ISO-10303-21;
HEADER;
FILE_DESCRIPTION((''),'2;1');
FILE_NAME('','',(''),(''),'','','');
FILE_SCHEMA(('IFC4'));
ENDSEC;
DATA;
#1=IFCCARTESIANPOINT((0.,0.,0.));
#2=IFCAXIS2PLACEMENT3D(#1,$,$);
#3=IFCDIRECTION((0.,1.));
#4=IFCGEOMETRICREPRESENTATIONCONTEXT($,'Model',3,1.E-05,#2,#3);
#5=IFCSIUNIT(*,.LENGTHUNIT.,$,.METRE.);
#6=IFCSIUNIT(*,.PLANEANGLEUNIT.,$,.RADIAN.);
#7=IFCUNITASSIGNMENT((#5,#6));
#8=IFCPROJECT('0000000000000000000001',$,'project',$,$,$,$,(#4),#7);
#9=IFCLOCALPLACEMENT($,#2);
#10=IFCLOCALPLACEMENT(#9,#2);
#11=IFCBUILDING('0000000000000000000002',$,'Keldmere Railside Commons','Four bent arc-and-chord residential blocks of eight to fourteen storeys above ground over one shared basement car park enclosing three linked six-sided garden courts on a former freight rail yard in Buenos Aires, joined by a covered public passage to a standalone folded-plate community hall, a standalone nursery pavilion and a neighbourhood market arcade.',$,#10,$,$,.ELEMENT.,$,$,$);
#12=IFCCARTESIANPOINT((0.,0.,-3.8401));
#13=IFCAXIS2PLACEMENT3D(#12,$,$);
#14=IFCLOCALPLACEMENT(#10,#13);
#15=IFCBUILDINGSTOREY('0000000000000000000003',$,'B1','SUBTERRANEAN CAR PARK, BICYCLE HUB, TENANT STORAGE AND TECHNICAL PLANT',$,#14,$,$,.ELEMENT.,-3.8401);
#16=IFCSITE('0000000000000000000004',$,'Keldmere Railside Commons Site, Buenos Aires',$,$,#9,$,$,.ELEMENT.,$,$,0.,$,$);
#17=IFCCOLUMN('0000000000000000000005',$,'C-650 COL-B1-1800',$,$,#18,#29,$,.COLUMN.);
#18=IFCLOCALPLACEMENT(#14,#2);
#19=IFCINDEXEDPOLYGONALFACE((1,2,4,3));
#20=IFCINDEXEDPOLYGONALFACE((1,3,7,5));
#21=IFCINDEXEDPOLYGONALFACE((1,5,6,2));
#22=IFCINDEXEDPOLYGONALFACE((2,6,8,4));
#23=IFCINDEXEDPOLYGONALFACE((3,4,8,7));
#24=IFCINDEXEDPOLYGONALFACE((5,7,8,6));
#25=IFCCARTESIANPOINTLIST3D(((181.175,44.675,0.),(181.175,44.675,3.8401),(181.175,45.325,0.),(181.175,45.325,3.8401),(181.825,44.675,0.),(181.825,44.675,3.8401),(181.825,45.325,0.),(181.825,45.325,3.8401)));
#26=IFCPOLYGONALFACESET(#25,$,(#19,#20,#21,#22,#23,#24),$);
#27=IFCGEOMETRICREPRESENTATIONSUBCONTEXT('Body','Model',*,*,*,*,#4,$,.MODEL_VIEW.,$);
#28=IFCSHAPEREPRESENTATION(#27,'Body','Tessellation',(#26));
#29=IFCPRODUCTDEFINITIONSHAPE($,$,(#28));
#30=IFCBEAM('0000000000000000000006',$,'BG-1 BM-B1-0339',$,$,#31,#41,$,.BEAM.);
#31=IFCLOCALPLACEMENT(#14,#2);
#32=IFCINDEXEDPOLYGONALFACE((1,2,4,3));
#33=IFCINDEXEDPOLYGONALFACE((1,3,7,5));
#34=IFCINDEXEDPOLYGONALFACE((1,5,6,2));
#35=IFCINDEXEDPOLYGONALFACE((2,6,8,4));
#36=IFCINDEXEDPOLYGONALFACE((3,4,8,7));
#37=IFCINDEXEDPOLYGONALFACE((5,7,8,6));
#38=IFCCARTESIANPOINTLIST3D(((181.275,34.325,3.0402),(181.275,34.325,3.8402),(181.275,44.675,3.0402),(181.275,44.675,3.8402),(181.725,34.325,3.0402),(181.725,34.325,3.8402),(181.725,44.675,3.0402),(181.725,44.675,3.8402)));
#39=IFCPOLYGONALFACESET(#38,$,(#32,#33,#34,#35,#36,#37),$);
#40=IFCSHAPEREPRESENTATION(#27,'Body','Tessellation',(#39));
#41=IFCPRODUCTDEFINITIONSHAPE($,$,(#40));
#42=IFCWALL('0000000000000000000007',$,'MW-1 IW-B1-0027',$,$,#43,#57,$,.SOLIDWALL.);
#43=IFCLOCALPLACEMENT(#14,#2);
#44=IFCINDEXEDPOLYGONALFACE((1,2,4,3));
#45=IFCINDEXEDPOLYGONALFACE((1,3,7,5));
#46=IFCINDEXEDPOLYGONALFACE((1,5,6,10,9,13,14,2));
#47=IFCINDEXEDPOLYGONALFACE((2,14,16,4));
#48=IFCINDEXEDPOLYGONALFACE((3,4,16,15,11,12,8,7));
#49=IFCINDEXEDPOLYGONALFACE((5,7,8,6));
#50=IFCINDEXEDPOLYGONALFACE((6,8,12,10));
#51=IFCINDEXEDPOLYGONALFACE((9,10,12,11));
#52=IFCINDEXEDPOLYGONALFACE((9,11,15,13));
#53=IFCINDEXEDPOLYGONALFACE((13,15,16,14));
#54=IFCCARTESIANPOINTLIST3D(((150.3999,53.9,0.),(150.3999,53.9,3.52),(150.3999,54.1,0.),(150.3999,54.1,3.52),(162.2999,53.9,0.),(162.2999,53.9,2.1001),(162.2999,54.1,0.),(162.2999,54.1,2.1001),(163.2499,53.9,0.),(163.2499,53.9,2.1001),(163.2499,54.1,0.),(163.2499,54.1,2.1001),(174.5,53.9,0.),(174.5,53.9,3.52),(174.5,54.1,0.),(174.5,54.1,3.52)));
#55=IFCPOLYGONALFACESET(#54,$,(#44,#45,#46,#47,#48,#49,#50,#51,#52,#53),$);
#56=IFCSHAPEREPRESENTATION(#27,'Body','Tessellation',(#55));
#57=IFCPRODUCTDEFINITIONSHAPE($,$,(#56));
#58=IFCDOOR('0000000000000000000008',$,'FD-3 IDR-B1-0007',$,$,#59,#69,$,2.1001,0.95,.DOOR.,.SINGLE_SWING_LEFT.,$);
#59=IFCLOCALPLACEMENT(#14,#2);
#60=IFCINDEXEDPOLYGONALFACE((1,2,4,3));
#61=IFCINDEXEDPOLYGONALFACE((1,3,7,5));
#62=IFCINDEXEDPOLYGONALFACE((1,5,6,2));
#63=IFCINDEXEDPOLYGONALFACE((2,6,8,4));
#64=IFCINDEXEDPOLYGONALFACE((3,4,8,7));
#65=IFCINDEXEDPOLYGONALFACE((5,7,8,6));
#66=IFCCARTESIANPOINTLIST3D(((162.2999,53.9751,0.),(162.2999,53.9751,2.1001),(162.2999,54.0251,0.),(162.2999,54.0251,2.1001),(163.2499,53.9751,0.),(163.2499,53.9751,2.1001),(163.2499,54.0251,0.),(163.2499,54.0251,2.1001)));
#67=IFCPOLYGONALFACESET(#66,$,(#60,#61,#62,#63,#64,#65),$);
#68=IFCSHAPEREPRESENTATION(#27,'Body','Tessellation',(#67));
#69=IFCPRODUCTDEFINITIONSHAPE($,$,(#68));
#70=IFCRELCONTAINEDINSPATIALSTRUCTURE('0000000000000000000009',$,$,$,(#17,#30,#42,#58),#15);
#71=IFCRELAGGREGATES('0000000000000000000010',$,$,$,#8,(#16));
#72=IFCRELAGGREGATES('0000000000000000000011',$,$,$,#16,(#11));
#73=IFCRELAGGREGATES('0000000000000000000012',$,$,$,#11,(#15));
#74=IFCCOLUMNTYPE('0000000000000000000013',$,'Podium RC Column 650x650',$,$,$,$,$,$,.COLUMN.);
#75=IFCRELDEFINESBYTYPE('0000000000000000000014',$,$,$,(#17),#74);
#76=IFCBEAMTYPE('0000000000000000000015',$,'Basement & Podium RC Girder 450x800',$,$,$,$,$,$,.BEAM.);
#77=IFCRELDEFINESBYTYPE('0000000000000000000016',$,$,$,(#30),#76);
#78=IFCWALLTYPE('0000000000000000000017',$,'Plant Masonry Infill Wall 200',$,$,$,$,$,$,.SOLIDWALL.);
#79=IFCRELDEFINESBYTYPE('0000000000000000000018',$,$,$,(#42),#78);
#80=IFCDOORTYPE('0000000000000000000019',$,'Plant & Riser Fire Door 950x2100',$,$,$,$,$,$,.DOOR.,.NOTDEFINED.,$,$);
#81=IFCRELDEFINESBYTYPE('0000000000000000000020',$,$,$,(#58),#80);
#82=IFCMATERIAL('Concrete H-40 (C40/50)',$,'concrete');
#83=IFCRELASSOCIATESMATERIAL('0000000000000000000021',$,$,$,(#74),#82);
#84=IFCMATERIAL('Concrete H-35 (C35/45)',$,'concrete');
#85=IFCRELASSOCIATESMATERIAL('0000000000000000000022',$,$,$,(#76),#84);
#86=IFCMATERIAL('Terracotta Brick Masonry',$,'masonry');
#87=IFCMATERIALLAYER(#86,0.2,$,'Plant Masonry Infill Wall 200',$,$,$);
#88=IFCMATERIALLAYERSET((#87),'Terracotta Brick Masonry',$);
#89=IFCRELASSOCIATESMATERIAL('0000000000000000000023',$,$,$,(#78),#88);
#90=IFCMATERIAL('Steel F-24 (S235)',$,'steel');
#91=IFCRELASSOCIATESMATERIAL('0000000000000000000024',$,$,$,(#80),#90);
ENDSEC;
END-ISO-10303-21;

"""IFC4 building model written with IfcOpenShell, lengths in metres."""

from ifc_helpers import new_model, si_unit, direction, frame, frame_2d, origin, origin_2d, place, context, subcontext, project, spatial, rectangle, extrude, material, layer, layer_set, material_profile, profile_set, type_object, element, fill, save


model = new_model("IFC4")

# Units and contexts
model_context = context("Model", 3, precision=1e-05, world=origin(), true_north=direction((0.0, 1.0)))
body_context = subcontext(model_context, "Body", "Model", "MODEL_VIEW")
ifc_project = project(units=[si_unit("LENGTHUNIT", "METRE"), si_unit("PLANEANGLEUNIT", "RADIAN")], contexts=[model_context])

# Site, building, storey
site_placement = place(None, origin())
site = spatial("IfcSite", under=ifc_project, at=site_placement, Name="Keldmere Railside Commons Site, Buenos Aires", CompositionType="ELEMENT", RefElevation=0.0)
building_placement = place(site_placement, origin())
building = spatial("IfcBuilding", under=site, at=building_placement, Name="Keldmere Railside Commons", Description="Four bent arc-and-chord residential blocks of eight to fourteen storeys above ground over one shared basement car park enclosing three linked six-sided garden courts on a former freight rail yard in Buenos Aires, joined by a covered public passage to a standalone folded-plate community hall, a standalone nursery pavilion and a neighbourhood market arcade.", CompositionType="ELEMENT")
storey_placement = place(building_placement, frame((0.0, 0.0, -3.8401)))
storey = spatial("IfcBuildingStorey", under=building, at=storey_placement, Name="B1", Description="SUBTERRANEAN CAR PARK, BICYCLE HUB, TENANT STORAGE AND TECHNICAL PLANT", CompositionType="ELEMENT", Elevation=-3.8401)

# Shared definitions
ifc_material_1 = material(Name="Concrete H-40 (C40/50)", Category="concrete")

# Column
ifc_material_profile_1 = material_profile(ifc_material_1, rectangle(XDim=0.6499, YDim=0.6499, at=origin_2d()), Name="RC-650x650")
ifc_profile_set_1 = profile_set([ifc_material_profile_1], Name="Concrete H-40 (C40/50)")
column_type_1 = type_object("IfcColumnType", Name="Podium RC Column 650x650", PredefinedType="COLUMN", material=ifc_profile_set_1)
for number, where, z_axis, x_axis, name in (
    (1, (181.5, 45.0, 0.0), (0.0, 0.0, 1.0), (1.0, 0.0, 0.0), "C-650 COL-B1-1800"),
):
    element("IfcColumn", number, at=place(storey_placement, frame(where, z_axis=z_axis, x_axis=x_axis)), inside=storey, type_object=column_type_1, Name=name, PredefinedType="COLUMN", context=body_context, shape_type="SweptSolid", body=[
        extrude(rectangle(XDim=0.6499, YDim=0.6499, at=origin_2d()), origin(), (0.0, 0.0, 1.0), 3.8401),
    ])

# Beam
ifc_material_2 = material(Name="Concrete H-35 (C35/45)", Category="concrete")
ifc_material_profile_2 = material_profile(ifc_material_2, rectangle(XDim=0.45, YDim=0.8, at=origin_2d()), Name="RC-450x800")
ifc_profile_set_2 = profile_set([ifc_material_profile_2], Name="Concrete H-35 (C35/45)")
beam_type = type_object("IfcBeamType", Name="Basement & Podium RC Girder 450x800", PredefinedType="BEAM", material=ifc_profile_set_2)
beam_placement = place(storey_placement, frame((181.5, 34.325, 3.4402), z_axis=(0.0, 1.0, 0.0), x_axis=(-1.0, 0.0, 0.0)))
element("IfcBeam", 2, at=beam_placement, inside=storey, type_object=beam_type, Name="BG-1 BM-B1-0339", PredefinedType="BEAM", context=body_context, shape_type="SweptSolid", body=[
    extrude(rectangle(XDim=0.45, YDim=0.8, at=origin_2d()), origin(), (0.0, 0.0, 1.0), 10.3501),
])

# Wall, opening, door
ifc_material_3 = material(Name="Terracotta Brick Masonry", Category="masonry")
ifc_layer = layer(ifc_material_3, 0.2, Name="Plant Masonry Infill Wall 200")
ifc_layer_set = layer_set([ifc_layer], Name="Terracotta Brick Masonry")
wall_type = type_object("IfcWallType", Name="Plant Masonry Infill Wall 200", PredefinedType="SOLIDWALL", material=ifc_layer_set)
wall_placement = place(storey_placement, frame((174.5, 54.0, 0.0), z_axis=(0.0, 0.0, 1.0), x_axis=(-1.0, 0.0, 0.0)))
wall = element("IfcWall", 3, at=wall_placement, inside=storey, type_object=wall_type, Name="MW-1 IW-B1-0027", PredefinedType="SOLIDWALL", context=body_context, shape_type="SweptSolid", body=[
    extrude(rectangle(XDim=24.1001, YDim=0.2, at=frame_2d((12.05, 0.0))), origin(), (0.0, 0.0, 1.0), 3.52),
])
opening_placement = place(wall_placement, frame((11.25, 0.0, 0.0)))
opening = element("IfcOpeningElement", 4, at=opening_placement, cuts=wall, PredefinedType="OPENING", context=body_context, shape_type="SweptSolid", body=[
    extrude(rectangle(XDim=0.95, YDim=2.1001, at=frame_2d((0.4751, 1.05))), frame((0.0, 0.1099, 0.0), z_axis=(0.0, -1.0, 0.0), x_axis=(1.0, 0.0, 0.0)), (0.0, 0.0, 1.0), 0.22),
])
ifc_material_4 = material(Name="Steel F-24 (S235)", Category="steel")
door_type = type_object("IfcDoorType", Name="Plant & Riser Fire Door 950x2100", OperationType="NOTDEFINED", PredefinedType="DOOR", material=ifc_material_4)
door_placement = place(opening_placement, origin())
door = element("IfcDoor", 5, at=door_placement, inside=storey, type_object=door_type, Name="FD-3 IDR-B1-0007", OperationType="SINGLE_SWING_LEFT", OverallHeight=2.1001, OverallWidth=0.95, PredefinedType="DOOR", context=body_context, shape_type="SweptSolid", body=[
    extrude(rectangle(XDim=0.95, YDim=2.1001, at=frame_2d((0.4751, 1.05))), frame((0.0, 0.0249, 0.0), z_axis=(0.0, -1.0, 0.0), x_axis=(1.0, 0.0, 0.0)), (0.0, 0.0, 1.0), 0.05),
])
fill(opening, door)

save(model, "model.ifc")
